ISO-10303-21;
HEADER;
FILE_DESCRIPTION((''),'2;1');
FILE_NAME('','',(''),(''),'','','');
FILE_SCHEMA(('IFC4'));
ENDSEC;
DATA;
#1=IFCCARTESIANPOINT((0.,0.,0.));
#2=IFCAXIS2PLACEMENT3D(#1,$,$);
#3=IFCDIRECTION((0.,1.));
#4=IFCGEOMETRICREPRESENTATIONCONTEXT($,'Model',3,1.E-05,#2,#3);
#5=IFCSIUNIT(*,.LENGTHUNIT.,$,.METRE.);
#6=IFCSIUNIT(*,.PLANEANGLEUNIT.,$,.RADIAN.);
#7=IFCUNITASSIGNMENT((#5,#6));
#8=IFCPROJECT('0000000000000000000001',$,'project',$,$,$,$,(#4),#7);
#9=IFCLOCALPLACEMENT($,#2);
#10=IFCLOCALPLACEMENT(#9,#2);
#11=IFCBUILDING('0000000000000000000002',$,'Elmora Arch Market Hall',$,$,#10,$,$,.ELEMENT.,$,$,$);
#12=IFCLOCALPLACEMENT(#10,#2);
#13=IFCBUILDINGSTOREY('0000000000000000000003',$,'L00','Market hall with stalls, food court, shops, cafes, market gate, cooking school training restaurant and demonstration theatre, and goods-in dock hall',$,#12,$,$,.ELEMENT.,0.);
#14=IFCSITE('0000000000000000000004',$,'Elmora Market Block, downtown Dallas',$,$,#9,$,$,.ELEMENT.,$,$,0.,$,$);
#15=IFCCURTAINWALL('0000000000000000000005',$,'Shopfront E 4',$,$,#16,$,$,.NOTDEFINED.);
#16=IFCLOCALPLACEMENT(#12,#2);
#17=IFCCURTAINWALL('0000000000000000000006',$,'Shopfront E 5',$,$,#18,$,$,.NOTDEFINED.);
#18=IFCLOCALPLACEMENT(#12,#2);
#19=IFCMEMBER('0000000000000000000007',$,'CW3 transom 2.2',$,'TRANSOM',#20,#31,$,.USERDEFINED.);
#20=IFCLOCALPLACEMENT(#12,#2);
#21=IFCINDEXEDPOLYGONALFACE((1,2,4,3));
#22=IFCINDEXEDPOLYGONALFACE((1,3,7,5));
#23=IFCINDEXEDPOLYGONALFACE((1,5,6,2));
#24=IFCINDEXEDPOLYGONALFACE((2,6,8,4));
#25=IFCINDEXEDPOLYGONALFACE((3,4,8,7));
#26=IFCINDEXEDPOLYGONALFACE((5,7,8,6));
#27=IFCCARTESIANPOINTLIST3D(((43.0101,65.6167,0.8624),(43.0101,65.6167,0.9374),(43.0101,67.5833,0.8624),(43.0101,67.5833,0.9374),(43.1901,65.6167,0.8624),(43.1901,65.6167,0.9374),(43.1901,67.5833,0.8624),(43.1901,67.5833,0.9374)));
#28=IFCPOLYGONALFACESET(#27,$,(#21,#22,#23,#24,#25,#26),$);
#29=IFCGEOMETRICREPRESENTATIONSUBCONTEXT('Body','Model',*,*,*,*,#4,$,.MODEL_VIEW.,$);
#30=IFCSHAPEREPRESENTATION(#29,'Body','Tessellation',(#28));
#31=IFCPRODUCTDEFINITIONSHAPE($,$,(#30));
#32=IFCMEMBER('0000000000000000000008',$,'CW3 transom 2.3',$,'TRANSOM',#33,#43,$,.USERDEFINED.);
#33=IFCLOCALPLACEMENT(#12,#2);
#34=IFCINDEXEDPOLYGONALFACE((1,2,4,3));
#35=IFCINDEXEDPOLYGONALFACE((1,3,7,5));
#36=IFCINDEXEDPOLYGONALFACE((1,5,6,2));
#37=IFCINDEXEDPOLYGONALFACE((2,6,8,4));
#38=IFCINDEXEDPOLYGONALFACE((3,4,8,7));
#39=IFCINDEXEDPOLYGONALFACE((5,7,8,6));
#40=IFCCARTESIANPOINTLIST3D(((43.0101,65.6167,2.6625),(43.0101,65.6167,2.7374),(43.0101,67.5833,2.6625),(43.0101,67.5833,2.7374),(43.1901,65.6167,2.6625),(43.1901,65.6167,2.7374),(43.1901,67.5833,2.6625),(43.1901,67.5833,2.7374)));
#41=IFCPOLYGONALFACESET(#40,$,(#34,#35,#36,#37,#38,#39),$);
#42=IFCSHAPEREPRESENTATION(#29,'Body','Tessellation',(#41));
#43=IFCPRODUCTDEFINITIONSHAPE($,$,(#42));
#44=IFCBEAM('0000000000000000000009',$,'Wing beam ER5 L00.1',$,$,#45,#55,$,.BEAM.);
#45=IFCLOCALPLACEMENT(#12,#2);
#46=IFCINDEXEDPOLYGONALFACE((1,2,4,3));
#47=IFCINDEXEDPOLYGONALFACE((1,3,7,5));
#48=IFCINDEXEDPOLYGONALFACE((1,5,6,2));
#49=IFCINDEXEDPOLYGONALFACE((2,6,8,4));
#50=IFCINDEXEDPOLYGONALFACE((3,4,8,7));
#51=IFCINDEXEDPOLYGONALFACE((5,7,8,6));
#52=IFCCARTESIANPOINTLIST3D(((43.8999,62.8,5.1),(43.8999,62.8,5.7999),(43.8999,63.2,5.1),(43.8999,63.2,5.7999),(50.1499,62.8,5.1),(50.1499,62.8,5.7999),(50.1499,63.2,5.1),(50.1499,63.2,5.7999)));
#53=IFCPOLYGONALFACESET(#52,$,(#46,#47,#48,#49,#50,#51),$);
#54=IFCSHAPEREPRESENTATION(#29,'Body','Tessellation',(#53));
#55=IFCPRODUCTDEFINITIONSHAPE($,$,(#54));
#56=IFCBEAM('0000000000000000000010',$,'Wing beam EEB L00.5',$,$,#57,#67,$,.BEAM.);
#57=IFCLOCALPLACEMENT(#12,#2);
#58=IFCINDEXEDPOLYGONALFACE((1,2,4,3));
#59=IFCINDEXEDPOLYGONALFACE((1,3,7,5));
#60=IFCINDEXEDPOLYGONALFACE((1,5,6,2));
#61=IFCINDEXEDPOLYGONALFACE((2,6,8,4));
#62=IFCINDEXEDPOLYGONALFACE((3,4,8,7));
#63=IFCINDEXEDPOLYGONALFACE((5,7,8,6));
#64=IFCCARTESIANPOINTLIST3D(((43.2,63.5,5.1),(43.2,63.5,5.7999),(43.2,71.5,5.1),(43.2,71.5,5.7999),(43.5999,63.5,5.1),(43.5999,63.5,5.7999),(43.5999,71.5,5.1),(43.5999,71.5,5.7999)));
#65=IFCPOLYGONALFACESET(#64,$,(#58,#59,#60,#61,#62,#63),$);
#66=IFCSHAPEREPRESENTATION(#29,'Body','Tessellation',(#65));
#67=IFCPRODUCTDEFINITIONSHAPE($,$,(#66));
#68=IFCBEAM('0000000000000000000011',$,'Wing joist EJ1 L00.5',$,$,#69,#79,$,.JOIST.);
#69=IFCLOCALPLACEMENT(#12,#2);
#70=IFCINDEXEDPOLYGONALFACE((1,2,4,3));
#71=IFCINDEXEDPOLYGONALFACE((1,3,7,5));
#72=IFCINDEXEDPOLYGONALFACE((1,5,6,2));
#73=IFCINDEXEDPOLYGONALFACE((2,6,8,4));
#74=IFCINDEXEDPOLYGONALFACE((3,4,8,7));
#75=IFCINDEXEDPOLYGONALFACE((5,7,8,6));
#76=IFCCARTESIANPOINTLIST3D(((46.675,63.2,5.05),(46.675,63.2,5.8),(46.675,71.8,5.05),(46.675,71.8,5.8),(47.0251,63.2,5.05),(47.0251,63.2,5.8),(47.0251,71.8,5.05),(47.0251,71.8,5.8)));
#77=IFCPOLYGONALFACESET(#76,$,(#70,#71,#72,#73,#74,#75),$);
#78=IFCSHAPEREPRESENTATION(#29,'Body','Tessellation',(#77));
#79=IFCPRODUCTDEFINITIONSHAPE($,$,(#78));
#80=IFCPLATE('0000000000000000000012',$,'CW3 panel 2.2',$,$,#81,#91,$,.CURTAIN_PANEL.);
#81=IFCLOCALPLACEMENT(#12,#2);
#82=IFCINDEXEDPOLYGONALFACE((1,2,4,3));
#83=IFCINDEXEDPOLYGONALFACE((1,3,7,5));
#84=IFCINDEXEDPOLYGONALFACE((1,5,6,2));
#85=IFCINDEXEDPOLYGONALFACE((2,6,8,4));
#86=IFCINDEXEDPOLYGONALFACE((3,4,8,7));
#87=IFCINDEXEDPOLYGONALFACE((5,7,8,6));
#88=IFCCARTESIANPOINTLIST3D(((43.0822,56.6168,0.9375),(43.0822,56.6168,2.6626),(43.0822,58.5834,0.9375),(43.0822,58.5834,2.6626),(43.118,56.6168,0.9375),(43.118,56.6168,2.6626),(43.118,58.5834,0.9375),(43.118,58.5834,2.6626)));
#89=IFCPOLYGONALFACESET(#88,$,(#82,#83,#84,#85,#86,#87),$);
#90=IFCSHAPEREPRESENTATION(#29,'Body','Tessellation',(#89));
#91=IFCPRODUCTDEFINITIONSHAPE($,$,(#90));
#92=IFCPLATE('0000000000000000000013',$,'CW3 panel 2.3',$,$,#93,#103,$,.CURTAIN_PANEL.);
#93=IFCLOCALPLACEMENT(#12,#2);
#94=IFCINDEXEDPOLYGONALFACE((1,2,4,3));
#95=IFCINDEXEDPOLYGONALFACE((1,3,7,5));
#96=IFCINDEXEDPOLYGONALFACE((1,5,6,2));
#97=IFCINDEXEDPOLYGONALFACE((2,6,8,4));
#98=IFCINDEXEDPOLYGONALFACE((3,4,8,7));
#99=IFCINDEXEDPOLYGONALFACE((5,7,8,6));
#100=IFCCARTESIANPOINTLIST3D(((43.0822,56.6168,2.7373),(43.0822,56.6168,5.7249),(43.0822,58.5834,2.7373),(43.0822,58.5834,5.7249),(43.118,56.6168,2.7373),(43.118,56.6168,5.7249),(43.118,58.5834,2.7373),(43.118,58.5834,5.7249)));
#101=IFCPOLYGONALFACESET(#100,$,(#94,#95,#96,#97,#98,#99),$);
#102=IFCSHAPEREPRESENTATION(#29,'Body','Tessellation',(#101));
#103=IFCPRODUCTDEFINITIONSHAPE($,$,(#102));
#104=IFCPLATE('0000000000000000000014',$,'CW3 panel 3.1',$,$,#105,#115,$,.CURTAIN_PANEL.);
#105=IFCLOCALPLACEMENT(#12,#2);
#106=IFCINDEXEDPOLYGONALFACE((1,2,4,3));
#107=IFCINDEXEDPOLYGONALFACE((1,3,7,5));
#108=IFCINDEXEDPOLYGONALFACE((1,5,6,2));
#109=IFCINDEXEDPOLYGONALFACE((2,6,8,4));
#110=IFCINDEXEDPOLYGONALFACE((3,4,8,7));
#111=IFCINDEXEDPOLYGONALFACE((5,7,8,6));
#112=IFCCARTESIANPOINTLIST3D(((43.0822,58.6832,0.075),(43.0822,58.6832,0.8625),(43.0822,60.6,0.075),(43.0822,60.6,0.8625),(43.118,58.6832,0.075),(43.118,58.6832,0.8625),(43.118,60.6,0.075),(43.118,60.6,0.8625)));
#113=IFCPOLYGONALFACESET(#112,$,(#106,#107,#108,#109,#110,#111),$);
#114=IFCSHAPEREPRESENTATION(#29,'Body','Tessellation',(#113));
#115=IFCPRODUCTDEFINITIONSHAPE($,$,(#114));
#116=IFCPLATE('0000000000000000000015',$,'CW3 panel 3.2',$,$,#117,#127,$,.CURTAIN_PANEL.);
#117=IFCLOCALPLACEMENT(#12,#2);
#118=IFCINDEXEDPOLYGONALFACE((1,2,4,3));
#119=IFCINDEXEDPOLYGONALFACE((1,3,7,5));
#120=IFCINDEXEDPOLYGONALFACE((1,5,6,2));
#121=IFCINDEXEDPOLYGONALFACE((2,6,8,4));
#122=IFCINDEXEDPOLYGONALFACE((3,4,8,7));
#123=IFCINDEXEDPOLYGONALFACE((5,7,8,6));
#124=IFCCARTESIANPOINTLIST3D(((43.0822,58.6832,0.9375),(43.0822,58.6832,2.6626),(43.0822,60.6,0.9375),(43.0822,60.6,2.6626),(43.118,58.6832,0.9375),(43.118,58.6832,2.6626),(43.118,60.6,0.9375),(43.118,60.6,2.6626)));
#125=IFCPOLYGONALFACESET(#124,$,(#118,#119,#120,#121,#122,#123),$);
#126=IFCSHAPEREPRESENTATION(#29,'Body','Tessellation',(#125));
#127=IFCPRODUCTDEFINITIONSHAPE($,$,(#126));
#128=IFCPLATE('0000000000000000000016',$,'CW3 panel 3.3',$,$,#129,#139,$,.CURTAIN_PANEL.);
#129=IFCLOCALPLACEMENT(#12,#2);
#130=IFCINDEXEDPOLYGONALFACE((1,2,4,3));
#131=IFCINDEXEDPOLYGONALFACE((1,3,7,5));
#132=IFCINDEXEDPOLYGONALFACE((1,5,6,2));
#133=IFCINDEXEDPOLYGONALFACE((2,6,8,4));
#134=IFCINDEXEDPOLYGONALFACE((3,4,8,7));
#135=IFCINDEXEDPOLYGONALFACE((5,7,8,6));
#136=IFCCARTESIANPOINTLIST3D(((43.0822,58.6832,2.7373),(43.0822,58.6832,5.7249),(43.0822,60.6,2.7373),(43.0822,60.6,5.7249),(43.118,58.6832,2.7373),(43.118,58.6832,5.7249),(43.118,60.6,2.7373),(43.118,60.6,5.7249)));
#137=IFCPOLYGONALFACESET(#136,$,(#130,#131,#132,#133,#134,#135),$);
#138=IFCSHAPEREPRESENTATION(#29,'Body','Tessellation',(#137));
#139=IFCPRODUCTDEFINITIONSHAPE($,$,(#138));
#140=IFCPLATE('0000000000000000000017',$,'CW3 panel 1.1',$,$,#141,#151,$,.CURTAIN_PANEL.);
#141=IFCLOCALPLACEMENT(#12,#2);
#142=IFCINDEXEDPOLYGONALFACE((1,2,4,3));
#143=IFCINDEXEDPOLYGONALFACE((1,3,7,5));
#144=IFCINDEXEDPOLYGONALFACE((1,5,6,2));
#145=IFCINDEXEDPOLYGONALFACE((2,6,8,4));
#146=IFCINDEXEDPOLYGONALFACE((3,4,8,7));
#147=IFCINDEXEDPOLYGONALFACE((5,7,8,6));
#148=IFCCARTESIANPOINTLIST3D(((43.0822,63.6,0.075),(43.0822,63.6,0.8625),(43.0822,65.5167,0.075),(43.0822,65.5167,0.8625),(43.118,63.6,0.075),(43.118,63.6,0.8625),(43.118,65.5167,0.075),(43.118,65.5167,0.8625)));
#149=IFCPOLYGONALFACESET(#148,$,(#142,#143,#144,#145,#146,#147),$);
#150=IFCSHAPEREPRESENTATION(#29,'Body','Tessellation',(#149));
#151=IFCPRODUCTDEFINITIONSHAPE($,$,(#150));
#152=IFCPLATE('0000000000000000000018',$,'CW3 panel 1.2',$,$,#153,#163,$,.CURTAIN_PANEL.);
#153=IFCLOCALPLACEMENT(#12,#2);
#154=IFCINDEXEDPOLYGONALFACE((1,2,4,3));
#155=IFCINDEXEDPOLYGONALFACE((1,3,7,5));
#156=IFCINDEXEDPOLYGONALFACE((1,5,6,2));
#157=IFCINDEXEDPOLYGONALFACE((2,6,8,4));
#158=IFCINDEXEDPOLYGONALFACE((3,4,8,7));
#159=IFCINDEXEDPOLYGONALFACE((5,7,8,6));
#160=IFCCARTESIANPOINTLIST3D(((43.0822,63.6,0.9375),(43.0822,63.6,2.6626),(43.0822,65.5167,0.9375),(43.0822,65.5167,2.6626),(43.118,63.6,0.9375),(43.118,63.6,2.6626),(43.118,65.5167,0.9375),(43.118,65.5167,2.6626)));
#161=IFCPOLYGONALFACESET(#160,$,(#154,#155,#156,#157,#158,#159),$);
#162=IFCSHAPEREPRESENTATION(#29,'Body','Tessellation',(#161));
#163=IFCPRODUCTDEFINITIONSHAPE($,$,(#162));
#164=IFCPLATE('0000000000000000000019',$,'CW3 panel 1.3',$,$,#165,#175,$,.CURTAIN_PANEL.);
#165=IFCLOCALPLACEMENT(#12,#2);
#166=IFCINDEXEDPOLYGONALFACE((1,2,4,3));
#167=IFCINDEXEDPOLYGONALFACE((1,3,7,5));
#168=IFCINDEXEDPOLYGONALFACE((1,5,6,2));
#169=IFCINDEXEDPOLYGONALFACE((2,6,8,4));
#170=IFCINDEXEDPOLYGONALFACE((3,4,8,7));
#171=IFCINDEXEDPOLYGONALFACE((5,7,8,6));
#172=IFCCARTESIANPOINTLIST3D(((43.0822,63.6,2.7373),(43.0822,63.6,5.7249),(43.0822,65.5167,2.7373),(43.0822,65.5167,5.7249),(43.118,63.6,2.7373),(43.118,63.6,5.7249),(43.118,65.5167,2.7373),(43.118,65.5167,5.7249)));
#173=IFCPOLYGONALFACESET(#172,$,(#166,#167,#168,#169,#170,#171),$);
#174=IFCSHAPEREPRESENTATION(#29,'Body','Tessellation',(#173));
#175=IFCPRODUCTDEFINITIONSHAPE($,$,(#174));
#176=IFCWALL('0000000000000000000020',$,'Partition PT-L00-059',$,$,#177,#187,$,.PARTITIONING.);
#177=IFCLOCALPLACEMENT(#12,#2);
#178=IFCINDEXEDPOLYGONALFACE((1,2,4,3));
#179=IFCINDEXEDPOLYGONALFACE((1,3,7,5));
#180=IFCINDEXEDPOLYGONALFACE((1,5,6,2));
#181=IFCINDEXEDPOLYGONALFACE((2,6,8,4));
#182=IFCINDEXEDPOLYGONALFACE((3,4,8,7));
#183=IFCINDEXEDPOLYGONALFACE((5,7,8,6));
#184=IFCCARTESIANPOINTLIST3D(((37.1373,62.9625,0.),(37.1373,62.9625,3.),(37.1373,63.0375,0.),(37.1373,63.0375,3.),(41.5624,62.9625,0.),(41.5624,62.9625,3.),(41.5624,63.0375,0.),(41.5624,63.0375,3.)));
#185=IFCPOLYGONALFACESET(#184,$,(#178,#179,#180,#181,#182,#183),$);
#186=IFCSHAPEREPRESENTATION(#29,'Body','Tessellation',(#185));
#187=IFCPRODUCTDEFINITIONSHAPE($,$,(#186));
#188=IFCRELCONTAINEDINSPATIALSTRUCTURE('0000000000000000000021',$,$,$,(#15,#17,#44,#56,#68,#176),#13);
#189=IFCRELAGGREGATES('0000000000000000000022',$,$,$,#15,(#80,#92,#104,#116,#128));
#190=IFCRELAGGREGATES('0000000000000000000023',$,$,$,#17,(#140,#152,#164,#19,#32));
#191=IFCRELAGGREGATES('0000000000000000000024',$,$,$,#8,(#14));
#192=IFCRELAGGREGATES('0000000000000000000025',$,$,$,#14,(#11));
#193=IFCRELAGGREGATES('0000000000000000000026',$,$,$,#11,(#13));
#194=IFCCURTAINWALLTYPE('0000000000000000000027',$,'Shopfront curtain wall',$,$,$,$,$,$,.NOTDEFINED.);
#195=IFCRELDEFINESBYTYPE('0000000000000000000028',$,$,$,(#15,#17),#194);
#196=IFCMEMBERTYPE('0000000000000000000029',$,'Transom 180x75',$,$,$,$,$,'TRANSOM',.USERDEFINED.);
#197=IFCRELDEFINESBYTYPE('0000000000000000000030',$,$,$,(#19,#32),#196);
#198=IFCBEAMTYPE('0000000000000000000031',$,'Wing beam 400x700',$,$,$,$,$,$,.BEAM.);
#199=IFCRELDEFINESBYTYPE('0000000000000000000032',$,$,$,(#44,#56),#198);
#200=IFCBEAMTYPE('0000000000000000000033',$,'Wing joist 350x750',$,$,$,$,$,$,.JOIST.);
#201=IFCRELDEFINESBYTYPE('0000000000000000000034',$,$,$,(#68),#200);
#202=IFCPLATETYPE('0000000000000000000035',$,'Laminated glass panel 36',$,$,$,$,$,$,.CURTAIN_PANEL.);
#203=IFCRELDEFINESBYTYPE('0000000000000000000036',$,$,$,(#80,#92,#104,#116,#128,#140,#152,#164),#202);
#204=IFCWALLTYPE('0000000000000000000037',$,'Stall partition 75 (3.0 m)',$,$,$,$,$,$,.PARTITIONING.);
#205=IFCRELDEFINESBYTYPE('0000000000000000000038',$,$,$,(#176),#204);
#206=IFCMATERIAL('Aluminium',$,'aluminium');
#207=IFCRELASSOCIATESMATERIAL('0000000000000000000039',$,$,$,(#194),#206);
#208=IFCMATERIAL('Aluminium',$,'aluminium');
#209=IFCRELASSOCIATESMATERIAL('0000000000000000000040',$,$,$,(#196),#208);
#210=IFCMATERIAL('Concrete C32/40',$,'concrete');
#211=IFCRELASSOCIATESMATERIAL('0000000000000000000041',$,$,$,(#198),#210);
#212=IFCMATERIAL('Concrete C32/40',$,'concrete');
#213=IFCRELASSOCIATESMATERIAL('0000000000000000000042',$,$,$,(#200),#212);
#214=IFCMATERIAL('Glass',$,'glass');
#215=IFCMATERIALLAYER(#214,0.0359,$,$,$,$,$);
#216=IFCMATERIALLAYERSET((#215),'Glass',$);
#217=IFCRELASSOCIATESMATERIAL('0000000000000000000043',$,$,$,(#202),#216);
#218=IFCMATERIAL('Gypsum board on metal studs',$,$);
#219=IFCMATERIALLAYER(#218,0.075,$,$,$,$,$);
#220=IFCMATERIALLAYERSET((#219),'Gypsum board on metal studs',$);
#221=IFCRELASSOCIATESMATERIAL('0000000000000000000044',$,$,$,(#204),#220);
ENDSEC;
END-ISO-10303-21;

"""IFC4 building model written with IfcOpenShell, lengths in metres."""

from ifc_helpers import new_model, si_unit, direction, frame, frame_2d, origin, origin_2d, place, context, subcontext, project, spatial, rectangle, extrude, material, layer, layer_set, material_profile, profile_set, type_object, element, aggregate, save


model = new_model("IFC4")

# Units and contexts
model_context = context("Model", 3, precision=1e-05, world=origin(), true_north=direction((0.0, 1.0)))
body_context = subcontext(model_context, "Body", "Model", "MODEL_VIEW")
ifc_project = project(units=[si_unit("LENGTHUNIT", "METRE"), si_unit("PLANEANGLEUNIT", "RADIAN")], contexts=[model_context])

# Site, building, storey
site_placement = place(None, origin())
site = spatial("IfcSite", under=ifc_project, at=site_placement, Name="Elmora Market Block, downtown Dallas", CompositionType="ELEMENT", RefElevation=0.0)
building_placement = place(site_placement, origin())
building = spatial("IfcBuilding", under=site, at=building_placement, Name="Elmora Arch Market Hall", CompositionType="ELEMENT")
storey_placement = place(building_placement, origin())
storey = spatial("IfcBuildingStorey", under=building, at=storey_placement, Name="L00", Description="Market hall with stalls, food court, shops, cafes, market gate, cooking school training restaurant and demonstration theatre, and goods-in dock hall", CompositionType="ELEMENT", Elevation=0.0)

# Curtain walls
ifc_material_1 = material(Name="Aluminium", Category="aluminium")
curtain_wall_type = type_object("IfcCurtainWallType", Name="Shopfront curtain wall", PredefinedType="NOTDEFINED", material=ifc_material_1)
curtain_wall_1_placement = place(storey_placement, origin())
curtain_wall_1 = element("IfcCurtainWall", 1, at=curtain_wall_1_placement, inside=storey, type_object=curtain_wall_type, Name="Shopfront E 4", PredefinedType="NOTDEFINED")
curtain_wall_2_placement = place(storey_placement, origin())
curtain_wall_2 = element("IfcCurtainWall", 2, at=curtain_wall_2_placement, inside=storey, type_object=curtain_wall_type, Name="Shopfront E 5", PredefinedType="NOTDEFINED")

# Members
ifc_material_2 = material(Name="Aluminium", Category="aluminium")
ifc_material_profile_1 = material_profile(ifc_material_2, rectangle(XDim=0.1799, YDim=0.075, at=origin_2d()), Name="AL 180x75")
ifc_profile_set_1 = profile_set([ifc_material_profile_1], Name="Aluminium")
member_type_1 = type_object("IfcMemberType", Name="Transom 180x75", ElementType="TRANSOM", PredefinedType="USERDEFINED", material=ifc_profile_set_1)
member_1_placement = place(storey_placement, frame((43.1001, 65.6167, 0.8999), z_axis=(0.0, 1.0, 0.0), x_axis=(-1.0, 0.0, 0.0)))
member_1 = element("IfcMember", 3, at=member_1_placement, type_object=member_type_1, Name="CW3 transom 2.2", ObjectType="TRANSOM", PredefinedType="USERDEFINED", context=body_context, shape_type="SweptSolid", body=[
    extrude(rectangle(XDim=0.1799, YDim=0.075, at=origin_2d()), origin(), (0.0, 0.0, 1.0), 1.9666),
])
member_2_placement = place(storey_placement, frame((43.1001, 65.6167, 2.7), z_axis=(0.0, 1.0, 0.0), x_axis=(-1.0, 0.0, 0.0)))
member_2 = element("IfcMember", 4, at=member_2_placement, type_object=member_type_1, Name="CW3 transom 2.3", ObjectType="TRANSOM", PredefinedType="USERDEFINED", context=body_context, shape_type="SweptSolid", body=[
    extrude(rectangle(XDim=0.1799, YDim=0.075, at=origin_2d()), origin(), (0.0, 0.0, 1.0), 1.9666),
])

# Beams
ifc_material_3 = material(Name="Concrete C32/40", Category="concrete")
ifc_material_profile_2 = material_profile(ifc_material_3, rectangle(XDim=0.3999, YDim=0.7, at=origin_2d()), Name="Wing beam 400x700")
ifc_profile_set_2 = profile_set([ifc_material_profile_2], Name="Concrete C32/40")
beam_type_1 = type_object("IfcBeamType", Name="Wing beam 400x700", PredefinedType="BEAM", material=ifc_profile_set_2)
beam_1_placement = place(storey_placement, frame((43.8999, 63.0, 5.45), z_axis=(1.0, 0.0, 0.0), x_axis=(0.0, 1.0, 0.0)))
element("IfcBeam", 5, at=beam_1_placement, inside=storey, type_object=beam_type_1, Name="Wing beam ER5 L00.1", PredefinedType="BEAM", context=body_context, shape_type="SweptSolid", body=[
    extrude(rectangle(XDim=0.3999, YDim=0.7, at=origin_2d()), origin(), (0.0, 0.0, 1.0), 6.25),
])
beam_2_placement = place(storey_placement, frame((43.3999, 63.5, 5.45), z_axis=(0.0, 1.0, 0.0), x_axis=(-1.0, 0.0, 0.0)))
element("IfcBeam", 6, at=beam_2_placement, inside=storey, type_object=beam_type_1, Name="Wing beam EEB L00.5", PredefinedType="BEAM", context=body_context, shape_type="SweptSolid", body=[
    extrude(rectangle(XDim=0.3999, YDim=0.7, at=origin_2d()), origin(), (0.0, 0.0, 1.0), 8.0),
])
ifc_material_4 = material(Name="Concrete C32/40", Category="concrete")
ifc_material_profile_3 = material_profile(ifc_material_4, rectangle(XDim=0.3501, YDim=0.75, at=origin_2d()), Name="Wing joist 350x750")
ifc_profile_set_3 = profile_set([ifc_material_profile_3], Name="Concrete C32/40")
beam_type_2 = type_object("IfcBeamType", Name="Wing joist 350x750", PredefinedType="JOIST", material=ifc_profile_set_3)
beam_3_placement = place(storey_placement, frame((46.8501, 63.2, 5.425), z_axis=(0.0, 1.0, 0.0), x_axis=(-1.0, 0.0, 0.0)))
element("IfcBeam", 7, at=beam_3_placement, inside=storey, type_object=beam_type_2, Name="Wing joist EJ1 L00.5", PredefinedType="JOIST", context=body_context, shape_type="SweptSolid", body=[
    extrude(rectangle(XDim=0.3501, YDim=0.75, at=origin_2d()), origin(), (0.0, 0.0, 1.0), 8.6001),
])

# Plates
ifc_material_5 = material(Name="Glass", Category="glass")
ifc_layer_1 = layer(ifc_material_5, 0.0359)
ifc_layer_set_1 = layer_set([ifc_layer_1], Name="Glass")
plate_type = type_object("IfcPlateType", Name="Laminated glass panel 36", PredefinedType="CURTAIN_PANEL", material=ifc_layer_set_1)
plate_1_placement = place(storey_placement, frame((43.1001, 57.6001, 0.9375), z_axis=(0.0, 0.0, 1.0), x_axis=(0.0, 1.0, 0.0)))
plate_1 = element("IfcPlate", 8, at=plate_1_placement, type_object=plate_type, Name="CW3 panel 2.2", PredefinedType="CURTAIN_PANEL", context=body_context, shape_type="SweptSolid", body=[
    extrude(rectangle(XDim=1.9666, YDim=0.0359, at=origin_2d()), origin(), (0.0, 0.0, 1.0), 1.7251),
])
plate_2_placement = place(storey_placement, frame((43.1001, 57.6001, 2.7373), z_axis=(0.0, 0.0, 1.0), x_axis=(0.0, 1.0, 0.0)))
plate_2 = element("IfcPlate", 9, at=plate_2_placement, type_object=plate_type, Name="CW3 panel 2.3", PredefinedType="CURTAIN_PANEL", context=body_context, shape_type="SweptSolid", body=[
    extrude(rectangle(XDim=1.9666, YDim=0.0359, at=origin_2d()), origin(), (0.0, 0.0, 1.0), 2.9875),
])
plate_3_placement = place(storey_placement, frame((43.1001, 59.6416, 0.075), z_axis=(0.0, 0.0, 1.0), x_axis=(0.0, 1.0, 0.0)))
plate_3 = element("IfcPlate", 10, at=plate_3_placement, type_object=plate_type, Name="CW3 panel 3.1", PredefinedType="CURTAIN_PANEL", context=body_context, shape_type="SweptSolid", body=[
    extrude(rectangle(XDim=1.9167, YDim=0.0359, at=origin_2d()), origin(), (0.0, 0.0, 1.0), 0.7876),
])
plate_4_placement = place(storey_placement, frame((43.1001, 59.6416, 0.9375), z_axis=(0.0, 0.0, 1.0), x_axis=(0.0, 1.0, 0.0)))
plate_4 = element("IfcPlate", 11, at=plate_4_placement, type_object=plate_type, Name="CW3 panel 3.2", PredefinedType="CURTAIN_PANEL", context=body_context, shape_type="SweptSolid", body=[
    extrude(rectangle(XDim=1.9167, YDim=0.0359, at=origin_2d()), origin(), (0.0, 0.0, 1.0), 1.7251),
])
plate_5_placement = place(storey_placement, frame((43.1001, 59.6416, 2.7373), z_axis=(0.0, 0.0, 1.0), x_axis=(0.0, 1.0, 0.0)))
plate_5 = element("IfcPlate", 12, at=plate_5_placement, type_object=plate_type, Name="CW3 panel 3.3", PredefinedType="CURTAIN_PANEL", context=body_context, shape_type="SweptSolid", body=[
    extrude(rectangle(XDim=1.9167, YDim=0.0359, at=origin_2d()), origin(), (0.0, 0.0, 1.0), 2.9875),
])
aggregate(curtain_wall_1, [plate_1, plate_2, plate_3, plate_4, plate_5])
plate_6_placement = place(storey_placement, frame((43.1001, 64.5583, 0.075), z_axis=(0.0, 0.0, 1.0), x_axis=(0.0, 1.0, 0.0)))
plate_6 = element("IfcPlate", 13, at=plate_6_placement, type_object=plate_type, Name="CW3 panel 1.1", PredefinedType="CURTAIN_PANEL", context=body_context, shape_type="SweptSolid", body=[
    extrude(rectangle(XDim=1.9167, YDim=0.0359, at=origin_2d()), origin(), (0.0, 0.0, 1.0), 0.7876),
])
plate_7_placement = place(storey_placement, frame((43.1001, 64.5583, 0.9375), z_axis=(0.0, 0.0, 1.0), x_axis=(0.0, 1.0, 0.0)))
plate_7 = element("IfcPlate", 14, at=plate_7_placement, type_object=plate_type, Name="CW3 panel 1.2", PredefinedType="CURTAIN_PANEL", context=body_context, shape_type="SweptSolid", body=[
    extrude(rectangle(XDim=1.9167, YDim=0.0359, at=origin_2d()), origin(), (0.0, 0.0, 1.0), 1.7251),
])
plate_8_placement = place(storey_placement, frame((43.1001, 64.5583, 2.7373), z_axis=(0.0, 0.0, 1.0), x_axis=(0.0, 1.0, 0.0)))
plate_8 = element("IfcPlate", 15, at=plate_8_placement, type_object=plate_type, Name="CW3 panel 1.3", PredefinedType="CURTAIN_PANEL", context=body_context, shape_type="SweptSolid", body=[
    extrude(rectangle(XDim=1.9167, YDim=0.0359, at=origin_2d()), origin(), (0.0, 0.0, 1.0), 2.9875),
])
aggregate(curtain_wall_2, [plate_6, plate_7, plate_8, member_1, member_2])

# Shared definitions
ifc_material_6 = material(Name="Gypsum board on metal studs")
ifc_layer_2 = layer(ifc_material_6, 0.075)
ifc_layer_set_2 = layer_set([ifc_layer_2], Name="Gypsum board on metal studs")
wall_type_1 = type_object("IfcWallType", Name="Stall partition 75 (3.0 m)", PredefinedType="PARTITIONING", material=ifc_layer_set_2)

# Wall
wall_1_placement = place(storey_placement, frame((37.1375, 63.0, 0.0), z_axis=(0.0, 0.0, 1.0), x_axis=(1.0, 0.0, 0.0)))
element("IfcWall", 16, at=wall_1_placement, inside=storey, type_object=wall_type_1, Name="Partition PT-L00-059", PredefinedType="PARTITIONING", context=body_context, shape_type="SweptSolid", body=[
    extrude(rectangle(XDim=4.425, YDim=0.075, at=frame_2d((2.2124, 0.0))), origin(), (0.0, 0.0, 1.0), 3.0),
])

save(model, "model.ifc")
